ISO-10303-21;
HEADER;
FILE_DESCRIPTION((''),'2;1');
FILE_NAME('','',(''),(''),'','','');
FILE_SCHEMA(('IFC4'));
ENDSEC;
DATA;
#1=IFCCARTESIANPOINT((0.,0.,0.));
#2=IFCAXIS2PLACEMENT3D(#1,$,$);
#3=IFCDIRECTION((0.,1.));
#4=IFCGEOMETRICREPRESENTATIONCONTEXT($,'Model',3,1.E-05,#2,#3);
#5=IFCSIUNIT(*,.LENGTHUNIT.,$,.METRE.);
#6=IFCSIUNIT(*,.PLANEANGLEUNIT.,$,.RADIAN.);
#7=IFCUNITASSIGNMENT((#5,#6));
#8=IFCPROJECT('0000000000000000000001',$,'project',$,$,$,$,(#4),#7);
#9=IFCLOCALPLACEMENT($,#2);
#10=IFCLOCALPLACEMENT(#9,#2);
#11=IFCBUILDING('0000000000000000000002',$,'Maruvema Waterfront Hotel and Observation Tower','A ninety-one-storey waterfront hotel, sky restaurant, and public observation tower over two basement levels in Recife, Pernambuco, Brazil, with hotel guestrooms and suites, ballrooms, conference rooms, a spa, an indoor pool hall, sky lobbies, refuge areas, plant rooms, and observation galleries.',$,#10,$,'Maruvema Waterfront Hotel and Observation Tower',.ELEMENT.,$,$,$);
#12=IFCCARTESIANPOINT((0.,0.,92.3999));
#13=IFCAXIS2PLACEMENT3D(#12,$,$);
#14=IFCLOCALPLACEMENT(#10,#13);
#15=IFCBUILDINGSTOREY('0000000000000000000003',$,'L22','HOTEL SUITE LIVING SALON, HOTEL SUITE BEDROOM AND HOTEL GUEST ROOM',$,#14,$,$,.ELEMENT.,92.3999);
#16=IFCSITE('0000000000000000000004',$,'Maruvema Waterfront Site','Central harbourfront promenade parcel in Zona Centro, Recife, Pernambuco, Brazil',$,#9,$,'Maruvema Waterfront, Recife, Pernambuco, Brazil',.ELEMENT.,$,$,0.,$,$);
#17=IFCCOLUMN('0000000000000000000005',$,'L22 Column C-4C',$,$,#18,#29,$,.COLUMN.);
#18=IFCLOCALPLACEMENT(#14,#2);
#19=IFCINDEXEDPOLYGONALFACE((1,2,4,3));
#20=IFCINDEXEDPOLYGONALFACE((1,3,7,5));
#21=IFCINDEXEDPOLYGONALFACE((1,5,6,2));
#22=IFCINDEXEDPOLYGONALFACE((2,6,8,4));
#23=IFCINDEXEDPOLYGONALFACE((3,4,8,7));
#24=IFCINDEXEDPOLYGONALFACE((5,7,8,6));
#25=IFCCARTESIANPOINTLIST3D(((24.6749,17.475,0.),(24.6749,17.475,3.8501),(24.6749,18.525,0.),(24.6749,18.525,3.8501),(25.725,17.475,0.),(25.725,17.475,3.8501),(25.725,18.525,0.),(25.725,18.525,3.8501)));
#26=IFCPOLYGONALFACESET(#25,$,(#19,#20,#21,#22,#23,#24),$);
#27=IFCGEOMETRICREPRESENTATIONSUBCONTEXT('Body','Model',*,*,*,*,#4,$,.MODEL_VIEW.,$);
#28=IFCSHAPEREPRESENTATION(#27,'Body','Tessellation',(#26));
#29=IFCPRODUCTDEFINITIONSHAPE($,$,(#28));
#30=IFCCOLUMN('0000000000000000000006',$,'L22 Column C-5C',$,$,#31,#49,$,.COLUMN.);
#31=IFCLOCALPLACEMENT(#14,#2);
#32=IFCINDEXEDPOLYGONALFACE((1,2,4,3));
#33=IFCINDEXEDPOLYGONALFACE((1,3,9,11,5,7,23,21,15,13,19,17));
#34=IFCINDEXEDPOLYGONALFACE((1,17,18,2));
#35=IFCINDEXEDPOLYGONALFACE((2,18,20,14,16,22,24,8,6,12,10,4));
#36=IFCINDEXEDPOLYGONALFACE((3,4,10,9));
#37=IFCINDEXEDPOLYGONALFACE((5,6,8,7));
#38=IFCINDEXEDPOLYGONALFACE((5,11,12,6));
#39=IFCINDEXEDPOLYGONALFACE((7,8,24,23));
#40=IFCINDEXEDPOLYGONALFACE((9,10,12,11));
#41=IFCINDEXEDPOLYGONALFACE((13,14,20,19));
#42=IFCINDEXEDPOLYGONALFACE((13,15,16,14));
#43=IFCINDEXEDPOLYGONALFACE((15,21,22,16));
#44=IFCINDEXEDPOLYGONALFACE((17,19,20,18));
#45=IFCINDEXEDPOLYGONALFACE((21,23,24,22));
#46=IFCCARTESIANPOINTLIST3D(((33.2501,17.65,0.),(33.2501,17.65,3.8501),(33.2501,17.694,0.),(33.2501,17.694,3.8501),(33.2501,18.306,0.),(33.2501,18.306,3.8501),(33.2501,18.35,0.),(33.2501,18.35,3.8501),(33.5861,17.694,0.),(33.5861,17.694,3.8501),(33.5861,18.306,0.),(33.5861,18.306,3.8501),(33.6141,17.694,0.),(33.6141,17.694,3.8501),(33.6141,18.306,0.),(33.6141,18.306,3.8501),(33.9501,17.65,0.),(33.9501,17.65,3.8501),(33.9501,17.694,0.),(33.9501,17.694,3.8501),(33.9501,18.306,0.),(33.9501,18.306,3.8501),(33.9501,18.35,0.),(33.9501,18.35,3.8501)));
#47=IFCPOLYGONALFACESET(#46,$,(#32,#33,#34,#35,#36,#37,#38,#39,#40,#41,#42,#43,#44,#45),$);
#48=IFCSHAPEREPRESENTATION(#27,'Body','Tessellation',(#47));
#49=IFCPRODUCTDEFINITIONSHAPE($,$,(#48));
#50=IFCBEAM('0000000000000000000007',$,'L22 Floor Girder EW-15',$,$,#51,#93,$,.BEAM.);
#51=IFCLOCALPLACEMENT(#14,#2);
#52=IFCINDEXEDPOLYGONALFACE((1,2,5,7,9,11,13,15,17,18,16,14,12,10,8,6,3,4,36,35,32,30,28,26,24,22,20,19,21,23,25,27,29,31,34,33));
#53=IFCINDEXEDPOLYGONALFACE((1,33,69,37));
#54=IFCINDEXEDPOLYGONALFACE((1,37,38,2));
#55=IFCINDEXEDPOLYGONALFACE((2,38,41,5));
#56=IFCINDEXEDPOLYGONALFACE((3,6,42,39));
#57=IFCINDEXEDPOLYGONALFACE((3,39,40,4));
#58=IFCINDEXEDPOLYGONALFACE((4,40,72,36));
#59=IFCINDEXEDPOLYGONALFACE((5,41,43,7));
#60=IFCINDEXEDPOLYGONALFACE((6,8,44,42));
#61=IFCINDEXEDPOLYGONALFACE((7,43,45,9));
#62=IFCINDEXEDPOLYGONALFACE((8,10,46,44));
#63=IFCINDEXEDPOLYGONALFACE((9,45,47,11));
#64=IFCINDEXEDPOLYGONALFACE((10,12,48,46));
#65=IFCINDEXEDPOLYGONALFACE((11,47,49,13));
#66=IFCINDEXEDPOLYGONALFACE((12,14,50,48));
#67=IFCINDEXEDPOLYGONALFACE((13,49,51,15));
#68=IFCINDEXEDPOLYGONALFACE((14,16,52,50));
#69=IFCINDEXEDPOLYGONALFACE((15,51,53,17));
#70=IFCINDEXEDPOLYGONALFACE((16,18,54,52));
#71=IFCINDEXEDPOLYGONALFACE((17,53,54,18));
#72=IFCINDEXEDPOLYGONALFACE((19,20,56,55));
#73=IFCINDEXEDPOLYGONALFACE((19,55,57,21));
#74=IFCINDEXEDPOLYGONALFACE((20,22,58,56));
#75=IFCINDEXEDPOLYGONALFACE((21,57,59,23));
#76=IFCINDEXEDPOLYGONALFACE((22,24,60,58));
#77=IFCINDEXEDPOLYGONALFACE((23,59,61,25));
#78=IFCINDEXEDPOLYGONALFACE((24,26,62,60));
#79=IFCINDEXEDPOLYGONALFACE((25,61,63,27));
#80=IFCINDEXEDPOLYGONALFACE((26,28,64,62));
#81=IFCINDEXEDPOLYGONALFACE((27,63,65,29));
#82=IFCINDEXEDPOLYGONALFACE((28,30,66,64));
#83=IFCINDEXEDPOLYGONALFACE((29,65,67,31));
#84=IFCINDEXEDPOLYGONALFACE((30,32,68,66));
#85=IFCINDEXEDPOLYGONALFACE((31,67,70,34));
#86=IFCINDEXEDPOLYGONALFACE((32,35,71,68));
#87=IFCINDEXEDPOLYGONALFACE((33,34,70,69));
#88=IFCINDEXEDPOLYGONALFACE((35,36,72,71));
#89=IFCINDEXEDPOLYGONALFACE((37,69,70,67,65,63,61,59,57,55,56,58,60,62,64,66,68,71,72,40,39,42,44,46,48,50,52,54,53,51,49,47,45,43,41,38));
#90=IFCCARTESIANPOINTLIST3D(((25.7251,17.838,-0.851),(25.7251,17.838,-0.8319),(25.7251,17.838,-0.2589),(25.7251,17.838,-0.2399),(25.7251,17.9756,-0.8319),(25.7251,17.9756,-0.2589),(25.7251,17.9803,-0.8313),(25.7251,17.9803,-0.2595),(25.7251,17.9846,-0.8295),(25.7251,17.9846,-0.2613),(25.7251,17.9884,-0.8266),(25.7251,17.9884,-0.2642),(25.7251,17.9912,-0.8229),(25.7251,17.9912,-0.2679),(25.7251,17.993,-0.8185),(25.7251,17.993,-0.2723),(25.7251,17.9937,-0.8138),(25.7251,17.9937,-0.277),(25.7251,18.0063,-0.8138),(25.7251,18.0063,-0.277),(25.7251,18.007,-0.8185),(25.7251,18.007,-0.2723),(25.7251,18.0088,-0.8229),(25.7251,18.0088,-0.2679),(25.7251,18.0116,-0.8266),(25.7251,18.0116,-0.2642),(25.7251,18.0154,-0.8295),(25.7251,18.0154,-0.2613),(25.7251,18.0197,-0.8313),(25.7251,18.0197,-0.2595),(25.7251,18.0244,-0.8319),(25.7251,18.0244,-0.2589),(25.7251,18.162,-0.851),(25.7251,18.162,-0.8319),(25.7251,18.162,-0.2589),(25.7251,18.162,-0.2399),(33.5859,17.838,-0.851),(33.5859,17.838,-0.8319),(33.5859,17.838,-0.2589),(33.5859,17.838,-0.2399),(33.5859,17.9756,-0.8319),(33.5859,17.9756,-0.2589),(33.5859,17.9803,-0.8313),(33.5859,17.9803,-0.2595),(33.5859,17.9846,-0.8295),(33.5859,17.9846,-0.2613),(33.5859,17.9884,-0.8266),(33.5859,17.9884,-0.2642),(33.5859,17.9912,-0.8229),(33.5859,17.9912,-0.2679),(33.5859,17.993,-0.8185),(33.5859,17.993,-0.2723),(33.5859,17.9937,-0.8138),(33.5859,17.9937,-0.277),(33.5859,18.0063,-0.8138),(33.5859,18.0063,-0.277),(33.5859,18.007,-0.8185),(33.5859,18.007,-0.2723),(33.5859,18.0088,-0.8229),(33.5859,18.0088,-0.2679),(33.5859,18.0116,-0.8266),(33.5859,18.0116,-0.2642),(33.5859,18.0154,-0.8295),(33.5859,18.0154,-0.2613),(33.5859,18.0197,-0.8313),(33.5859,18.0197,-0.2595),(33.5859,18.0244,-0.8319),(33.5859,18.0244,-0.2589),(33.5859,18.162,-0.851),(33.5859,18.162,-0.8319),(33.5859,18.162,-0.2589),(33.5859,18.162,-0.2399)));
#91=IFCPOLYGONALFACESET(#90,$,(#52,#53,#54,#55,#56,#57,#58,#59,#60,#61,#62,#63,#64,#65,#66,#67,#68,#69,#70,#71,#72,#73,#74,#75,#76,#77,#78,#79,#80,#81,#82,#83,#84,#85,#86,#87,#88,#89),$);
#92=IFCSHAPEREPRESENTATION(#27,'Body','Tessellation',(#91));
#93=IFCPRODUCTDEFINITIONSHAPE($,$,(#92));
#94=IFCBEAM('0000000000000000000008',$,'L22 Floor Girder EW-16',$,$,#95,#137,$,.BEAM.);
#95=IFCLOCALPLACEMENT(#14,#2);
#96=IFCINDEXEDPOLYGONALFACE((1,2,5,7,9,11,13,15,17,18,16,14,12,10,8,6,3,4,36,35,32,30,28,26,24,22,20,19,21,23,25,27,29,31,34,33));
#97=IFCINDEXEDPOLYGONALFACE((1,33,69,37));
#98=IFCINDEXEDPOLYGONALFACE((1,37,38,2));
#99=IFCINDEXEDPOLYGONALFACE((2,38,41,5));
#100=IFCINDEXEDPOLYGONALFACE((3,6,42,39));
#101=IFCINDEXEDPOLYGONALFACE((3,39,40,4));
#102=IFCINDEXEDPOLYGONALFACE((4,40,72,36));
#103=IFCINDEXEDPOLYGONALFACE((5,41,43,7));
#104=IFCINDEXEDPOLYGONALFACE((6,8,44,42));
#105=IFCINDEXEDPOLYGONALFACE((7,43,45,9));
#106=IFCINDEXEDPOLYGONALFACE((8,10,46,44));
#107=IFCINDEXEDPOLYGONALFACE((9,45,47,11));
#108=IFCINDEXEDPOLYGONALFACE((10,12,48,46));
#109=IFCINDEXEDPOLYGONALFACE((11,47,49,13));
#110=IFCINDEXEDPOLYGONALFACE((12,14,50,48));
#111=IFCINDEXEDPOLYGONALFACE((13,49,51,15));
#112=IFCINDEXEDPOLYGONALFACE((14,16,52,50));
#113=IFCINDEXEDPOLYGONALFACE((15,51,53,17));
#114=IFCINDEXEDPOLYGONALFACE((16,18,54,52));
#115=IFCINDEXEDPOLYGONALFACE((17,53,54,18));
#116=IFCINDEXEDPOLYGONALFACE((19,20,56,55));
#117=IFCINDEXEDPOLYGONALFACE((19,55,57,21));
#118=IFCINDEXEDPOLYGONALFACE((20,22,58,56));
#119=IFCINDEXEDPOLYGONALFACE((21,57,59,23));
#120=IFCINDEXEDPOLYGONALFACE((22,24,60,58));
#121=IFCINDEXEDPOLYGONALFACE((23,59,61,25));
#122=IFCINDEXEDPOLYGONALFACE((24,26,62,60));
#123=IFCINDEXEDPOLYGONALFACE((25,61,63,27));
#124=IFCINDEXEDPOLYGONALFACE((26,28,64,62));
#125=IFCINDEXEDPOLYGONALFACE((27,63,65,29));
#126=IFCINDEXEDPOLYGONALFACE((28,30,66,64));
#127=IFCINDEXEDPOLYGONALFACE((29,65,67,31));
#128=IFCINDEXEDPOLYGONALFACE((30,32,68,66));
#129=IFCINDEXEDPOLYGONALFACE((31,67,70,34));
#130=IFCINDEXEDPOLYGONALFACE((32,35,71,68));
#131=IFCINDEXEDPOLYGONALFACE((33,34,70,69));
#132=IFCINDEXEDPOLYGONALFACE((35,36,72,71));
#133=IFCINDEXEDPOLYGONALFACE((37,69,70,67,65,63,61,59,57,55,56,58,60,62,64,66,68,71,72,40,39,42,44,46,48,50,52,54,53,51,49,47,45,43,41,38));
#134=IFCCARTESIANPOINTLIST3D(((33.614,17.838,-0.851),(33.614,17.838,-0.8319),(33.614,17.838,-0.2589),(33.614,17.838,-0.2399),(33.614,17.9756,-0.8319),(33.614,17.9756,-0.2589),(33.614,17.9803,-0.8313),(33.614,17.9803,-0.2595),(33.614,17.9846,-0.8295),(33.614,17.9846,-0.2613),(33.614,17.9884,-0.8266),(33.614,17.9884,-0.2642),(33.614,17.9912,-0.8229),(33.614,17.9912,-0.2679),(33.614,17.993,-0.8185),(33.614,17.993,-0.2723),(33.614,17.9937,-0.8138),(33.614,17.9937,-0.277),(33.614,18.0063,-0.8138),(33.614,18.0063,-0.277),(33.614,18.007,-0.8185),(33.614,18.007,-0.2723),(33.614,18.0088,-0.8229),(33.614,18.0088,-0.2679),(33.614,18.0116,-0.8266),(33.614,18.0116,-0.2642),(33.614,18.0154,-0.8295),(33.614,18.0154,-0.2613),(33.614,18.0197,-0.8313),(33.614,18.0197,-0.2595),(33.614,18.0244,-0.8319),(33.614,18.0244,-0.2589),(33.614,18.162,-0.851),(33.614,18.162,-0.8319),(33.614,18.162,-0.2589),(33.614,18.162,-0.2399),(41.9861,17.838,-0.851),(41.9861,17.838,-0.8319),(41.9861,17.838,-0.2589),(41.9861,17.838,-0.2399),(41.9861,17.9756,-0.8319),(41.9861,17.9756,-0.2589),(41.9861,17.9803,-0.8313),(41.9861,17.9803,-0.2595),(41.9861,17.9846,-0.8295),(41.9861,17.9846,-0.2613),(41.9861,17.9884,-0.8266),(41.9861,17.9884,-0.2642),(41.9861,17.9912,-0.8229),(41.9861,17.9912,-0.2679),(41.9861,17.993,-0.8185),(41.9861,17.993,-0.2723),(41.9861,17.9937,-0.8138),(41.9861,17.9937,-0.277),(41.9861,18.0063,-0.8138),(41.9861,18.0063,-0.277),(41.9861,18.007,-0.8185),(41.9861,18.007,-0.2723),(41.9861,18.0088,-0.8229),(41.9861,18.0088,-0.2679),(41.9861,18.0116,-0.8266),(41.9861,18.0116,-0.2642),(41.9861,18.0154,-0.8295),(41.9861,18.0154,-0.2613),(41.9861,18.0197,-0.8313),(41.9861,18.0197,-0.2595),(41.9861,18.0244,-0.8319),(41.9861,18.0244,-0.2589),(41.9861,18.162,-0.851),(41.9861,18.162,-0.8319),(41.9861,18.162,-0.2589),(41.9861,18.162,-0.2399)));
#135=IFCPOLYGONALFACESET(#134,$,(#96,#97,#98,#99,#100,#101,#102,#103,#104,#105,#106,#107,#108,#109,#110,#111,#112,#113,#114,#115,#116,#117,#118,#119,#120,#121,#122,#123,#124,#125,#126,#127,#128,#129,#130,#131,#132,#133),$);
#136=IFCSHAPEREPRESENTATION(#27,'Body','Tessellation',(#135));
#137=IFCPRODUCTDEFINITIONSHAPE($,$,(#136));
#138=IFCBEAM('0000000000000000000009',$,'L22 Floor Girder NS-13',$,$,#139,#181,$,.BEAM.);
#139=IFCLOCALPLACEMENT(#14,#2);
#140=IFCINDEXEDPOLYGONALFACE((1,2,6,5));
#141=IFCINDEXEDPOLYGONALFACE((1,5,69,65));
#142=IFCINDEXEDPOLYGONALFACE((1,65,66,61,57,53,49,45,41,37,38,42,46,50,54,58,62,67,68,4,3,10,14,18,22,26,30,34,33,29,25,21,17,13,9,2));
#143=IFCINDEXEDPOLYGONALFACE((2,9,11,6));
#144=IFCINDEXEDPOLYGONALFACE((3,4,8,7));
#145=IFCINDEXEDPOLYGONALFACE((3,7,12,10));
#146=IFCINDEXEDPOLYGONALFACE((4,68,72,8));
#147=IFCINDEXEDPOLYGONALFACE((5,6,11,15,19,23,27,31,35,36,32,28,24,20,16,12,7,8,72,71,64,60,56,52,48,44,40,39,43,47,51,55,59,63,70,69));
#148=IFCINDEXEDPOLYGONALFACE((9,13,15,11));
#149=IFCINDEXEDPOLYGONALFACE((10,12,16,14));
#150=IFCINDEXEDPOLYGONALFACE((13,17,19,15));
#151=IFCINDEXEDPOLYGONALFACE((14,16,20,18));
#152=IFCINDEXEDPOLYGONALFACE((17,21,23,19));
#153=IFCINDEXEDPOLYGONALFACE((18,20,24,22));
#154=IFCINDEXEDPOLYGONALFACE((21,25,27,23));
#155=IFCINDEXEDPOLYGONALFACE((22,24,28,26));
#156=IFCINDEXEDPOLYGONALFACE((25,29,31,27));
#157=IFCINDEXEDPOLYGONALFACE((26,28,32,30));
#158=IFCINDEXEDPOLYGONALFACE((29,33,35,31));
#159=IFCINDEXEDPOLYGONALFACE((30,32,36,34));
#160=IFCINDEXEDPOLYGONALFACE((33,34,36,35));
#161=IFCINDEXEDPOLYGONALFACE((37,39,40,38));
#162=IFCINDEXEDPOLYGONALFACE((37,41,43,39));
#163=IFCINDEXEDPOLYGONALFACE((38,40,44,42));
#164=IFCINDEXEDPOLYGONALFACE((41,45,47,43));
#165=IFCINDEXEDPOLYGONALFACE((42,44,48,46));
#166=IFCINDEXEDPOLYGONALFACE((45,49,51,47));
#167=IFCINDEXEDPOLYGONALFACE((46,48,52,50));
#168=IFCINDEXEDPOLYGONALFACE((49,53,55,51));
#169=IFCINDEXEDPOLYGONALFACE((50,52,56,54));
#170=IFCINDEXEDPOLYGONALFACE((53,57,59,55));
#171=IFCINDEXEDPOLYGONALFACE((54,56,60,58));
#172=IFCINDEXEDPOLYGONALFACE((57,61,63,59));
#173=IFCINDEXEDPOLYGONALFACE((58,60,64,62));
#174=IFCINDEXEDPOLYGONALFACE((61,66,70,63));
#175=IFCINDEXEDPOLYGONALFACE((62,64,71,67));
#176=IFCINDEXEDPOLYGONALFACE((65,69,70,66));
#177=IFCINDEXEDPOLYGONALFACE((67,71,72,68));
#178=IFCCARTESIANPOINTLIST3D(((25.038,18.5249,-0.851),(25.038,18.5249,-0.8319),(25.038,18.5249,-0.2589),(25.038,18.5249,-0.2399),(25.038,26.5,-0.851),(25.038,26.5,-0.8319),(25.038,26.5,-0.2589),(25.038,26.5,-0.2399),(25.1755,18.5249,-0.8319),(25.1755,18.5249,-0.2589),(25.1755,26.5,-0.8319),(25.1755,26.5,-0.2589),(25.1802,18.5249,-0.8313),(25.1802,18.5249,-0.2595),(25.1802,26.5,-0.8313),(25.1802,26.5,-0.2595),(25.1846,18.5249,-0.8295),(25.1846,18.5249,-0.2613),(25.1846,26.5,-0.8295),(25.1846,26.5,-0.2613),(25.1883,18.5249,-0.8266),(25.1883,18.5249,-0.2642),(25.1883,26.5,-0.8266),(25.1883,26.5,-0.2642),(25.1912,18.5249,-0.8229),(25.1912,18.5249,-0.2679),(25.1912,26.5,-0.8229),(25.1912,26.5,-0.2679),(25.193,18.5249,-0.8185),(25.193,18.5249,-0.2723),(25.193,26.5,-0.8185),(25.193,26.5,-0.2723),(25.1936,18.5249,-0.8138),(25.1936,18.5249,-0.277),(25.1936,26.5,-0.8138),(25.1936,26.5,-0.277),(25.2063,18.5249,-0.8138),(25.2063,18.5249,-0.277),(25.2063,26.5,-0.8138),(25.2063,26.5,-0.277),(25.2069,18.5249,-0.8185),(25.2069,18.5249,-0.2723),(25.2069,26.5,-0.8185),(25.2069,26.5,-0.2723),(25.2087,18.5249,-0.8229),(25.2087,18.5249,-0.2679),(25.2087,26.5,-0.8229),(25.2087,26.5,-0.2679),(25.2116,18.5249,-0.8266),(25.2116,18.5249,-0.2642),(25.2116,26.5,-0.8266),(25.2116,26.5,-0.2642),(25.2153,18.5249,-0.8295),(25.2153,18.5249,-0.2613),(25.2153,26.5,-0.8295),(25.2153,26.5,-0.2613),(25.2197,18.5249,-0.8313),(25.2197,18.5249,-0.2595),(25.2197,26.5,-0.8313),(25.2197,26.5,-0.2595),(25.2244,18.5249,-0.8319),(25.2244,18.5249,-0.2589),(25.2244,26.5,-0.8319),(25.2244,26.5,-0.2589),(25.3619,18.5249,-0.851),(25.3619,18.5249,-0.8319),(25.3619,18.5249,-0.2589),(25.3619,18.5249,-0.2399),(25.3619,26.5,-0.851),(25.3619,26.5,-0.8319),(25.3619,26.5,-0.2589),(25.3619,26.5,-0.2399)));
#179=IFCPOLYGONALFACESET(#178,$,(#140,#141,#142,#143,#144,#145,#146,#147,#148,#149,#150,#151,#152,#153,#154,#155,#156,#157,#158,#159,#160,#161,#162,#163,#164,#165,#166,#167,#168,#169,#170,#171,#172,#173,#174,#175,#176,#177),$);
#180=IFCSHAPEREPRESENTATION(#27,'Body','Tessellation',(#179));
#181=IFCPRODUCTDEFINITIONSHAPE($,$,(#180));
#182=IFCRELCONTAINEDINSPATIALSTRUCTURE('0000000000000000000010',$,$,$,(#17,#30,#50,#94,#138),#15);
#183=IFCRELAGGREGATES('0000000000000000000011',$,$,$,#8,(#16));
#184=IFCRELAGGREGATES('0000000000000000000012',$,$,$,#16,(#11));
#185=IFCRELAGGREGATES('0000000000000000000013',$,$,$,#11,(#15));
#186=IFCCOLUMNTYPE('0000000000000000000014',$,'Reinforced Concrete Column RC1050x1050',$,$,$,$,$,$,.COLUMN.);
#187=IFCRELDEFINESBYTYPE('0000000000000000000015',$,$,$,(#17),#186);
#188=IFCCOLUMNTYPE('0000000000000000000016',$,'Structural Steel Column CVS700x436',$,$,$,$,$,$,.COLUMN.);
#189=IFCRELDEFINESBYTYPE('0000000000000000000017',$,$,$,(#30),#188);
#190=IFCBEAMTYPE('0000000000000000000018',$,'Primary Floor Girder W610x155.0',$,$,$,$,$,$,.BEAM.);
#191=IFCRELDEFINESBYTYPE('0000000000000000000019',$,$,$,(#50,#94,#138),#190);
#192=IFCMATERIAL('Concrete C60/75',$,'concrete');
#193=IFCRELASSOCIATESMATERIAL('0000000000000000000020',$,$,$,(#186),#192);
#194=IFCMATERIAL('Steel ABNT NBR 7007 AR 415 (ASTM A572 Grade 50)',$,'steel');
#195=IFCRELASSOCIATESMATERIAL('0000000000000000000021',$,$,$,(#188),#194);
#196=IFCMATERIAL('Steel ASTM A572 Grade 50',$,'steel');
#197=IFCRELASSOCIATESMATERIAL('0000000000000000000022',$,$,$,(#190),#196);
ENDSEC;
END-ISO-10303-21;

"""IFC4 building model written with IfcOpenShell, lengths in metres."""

from ifc_helpers import new_model, si_unit, direction, frame, origin, origin_2d, place, context, subcontext, project, spatial, rectangle, i_section, extrude, material, material_profile, profile_set, type_object, element, save


model = new_model("IFC4")

# Units and contexts
model_context = context("Model", 3, precision=1e-05, world=origin(), true_north=direction((0.0, 1.0)))
body_context = subcontext(model_context, "Body", "Model", "MODEL_VIEW")
ifc_project = project(units=[si_unit("LENGTHUNIT", "METRE"), si_unit("PLANEANGLEUNIT", "RADIAN")], contexts=[model_context])

# Site, building, storey
site_placement = place(None, origin())
site = spatial("IfcSite", under=ifc_project, at=site_placement, Name="Maruvema Waterfront Site", Description="Central harbourfront promenade parcel in Zona Centro, Recife, Pernambuco, Brazil", LongName="Maruvema Waterfront, Recife, Pernambuco, Brazil", CompositionType="ELEMENT", RefElevation=0.0)
building_placement = place(site_placement, origin())
building = spatial("IfcBuilding", under=site, at=building_placement, Name="Maruvema Waterfront Hotel and Observation Tower", Description="A ninety-one-storey waterfront hotel, sky restaurant, and public observation tower over two basement levels in Recife, Pernambuco, Brazil, with hotel guestrooms and suites, ballrooms, conference rooms, a spa, an indoor pool hall, sky lobbies, refuge areas, plant rooms, and observation galleries.", LongName="Maruvema Waterfront Hotel and Observation Tower", CompositionType="ELEMENT")
storey_placement = place(building_placement, frame((0.0, 0.0, 92.3999)))
storey = spatial("IfcBuildingStorey", under=building, at=storey_placement, Name="L22", Description="HOTEL SUITE LIVING SALON, HOTEL SUITE BEDROOM AND HOTEL GUEST ROOM", CompositionType="ELEMENT", Elevation=92.3999)

# Columns
ifc_material_1 = material(Name="Concrete C60/75", Category="concrete")
ifc_material_profile_1 = material_profile(ifc_material_1, rectangle(XDim=1.05, YDim=1.05, at=origin_2d()), Name="RC1050x1050")
ifc_profile_set_1 = profile_set([ifc_material_profile_1], Name="Concrete C60/75")
column_type_1 = type_object("IfcColumnType", Name="Reinforced Concrete Column RC1050x1050", PredefinedType="COLUMN", material=ifc_profile_set_1)
column_1_placement = place(storey_placement, frame((25.2, 18.0, 0.0), z_axis=(0.0, 0.0, 1.0), x_axis=(1.0, 0.0, 0.0)))
element("IfcColumn", 1, at=column_1_placement, inside=storey, type_object=column_type_1, Name="L22 Column C-4C", PredefinedType="COLUMN", context=body_context, shape_type="SweptSolid", body=[
    extrude(rectangle(XDim=1.05, YDim=1.05, at=origin_2d()), origin(), (0.0, 0.0, 1.0), 3.8501),
])
ifc_material_2 = material(Name="Steel ABNT NBR 7007 AR 415 (ASTM A572 Grade 50)", Category="steel")
ifc_material_profile_2 = material_profile(ifc_material_2, i_section(OverallWidth=0.7, OverallDepth=0.7, WebThickness=0.0281, FlangeThickness=0.0439, at=origin_2d()), Name="CVS700x436")
ifc_profile_set_2 = profile_set([ifc_material_profile_2], Name="Steel ABNT NBR 7007 AR 415 (ASTM A572 Grade 50)")
column_type_2 = type_object("IfcColumnType", Name="Structural Steel Column CVS700x436", PredefinedType="COLUMN", material=ifc_profile_set_2)
column_2_placement = place(storey_placement, frame((33.6001, 18.0, 0.0), z_axis=(0.0, 0.0, 1.0), x_axis=(1.0, 0.0, 0.0)))
element("IfcColumn", 2, at=column_2_placement, inside=storey, type_object=column_type_2, Name="L22 Column C-5C", PredefinedType="COLUMN", context=body_context, shape_type="SweptSolid", body=[
    extrude(i_section(OverallWidth=0.7, OverallDepth=0.7, WebThickness=0.0281, FlangeThickness=0.0439, at=origin_2d()), origin(), (0.0, 0.0, 1.0), 3.8501),
])

# Beams
ifc_material_3 = material(Name="Steel ASTM A572 Grade 50", Category="steel")
ifc_material_profile_3 = material_profile(ifc_material_3, i_section(OverallWidth=0.324, OverallDepth=0.6111, WebThickness=0.0127, FlangeThickness=0.019, FilletRadius=0.0181, at=origin_2d()), Name="W610x155.0")
ifc_profile_set_3 = profile_set([ifc_material_profile_3], Name="Steel ASTM A572 Grade 50")
beam_type_1 = type_object("IfcBeamType", Name="Primary Floor Girder W610x155.0", PredefinedType="BEAM", material=ifc_profile_set_3)
beam_1_placement = place(storey_placement, frame((25.7251, 18.0, -0.5454), z_axis=(1.0, 0.0, 0.0), x_axis=(0.0, 1.0, 0.0)))
element("IfcBeam", 3, at=beam_1_placement, inside=storey, type_object=beam_type_1, Name="L22 Floor Girder EW-15", PredefinedType="BEAM", context=body_context, shape_type="SweptSolid", body=[
    extrude(i_section(OverallWidth=0.324, OverallDepth=0.6111, WebThickness=0.0127, FlangeThickness=0.019, FilletRadius=0.0181, at=origin_2d()), origin(), (0.0, 0.0, 1.0), 7.8608),
])
beam_2_placement = place(storey_placement, frame((33.614, 18.0, -0.5454), z_axis=(1.0, 0.0, 0.0), x_axis=(0.0, 1.0, 0.0)))
element("IfcBeam", 4, at=beam_2_placement, inside=storey, type_object=beam_type_1, Name="L22 Floor Girder EW-16", PredefinedType="BEAM", context=body_context, shape_type="SweptSolid", body=[
    extrude(i_section(OverallWidth=0.324, OverallDepth=0.6111, WebThickness=0.0127, FlangeThickness=0.019, FilletRadius=0.0181, at=origin_2d()), origin(), (0.0, 0.0, 1.0), 8.3721),
])
beam_3_placement = place(storey_placement, frame((25.2, 18.5249, -0.5454), z_axis=(0.0, 1.0, 0.0), x_axis=(-1.0, 0.0, 0.0)))
element("IfcBeam", 5, at=beam_3_placement, inside=storey, type_object=beam_type_1, Name="L22 Floor Girder NS-13", PredefinedType="BEAM", context=body_context, shape_type="SweptSolid", body=[
    extrude(i_section(OverallWidth=0.324, OverallDepth=0.6111, WebThickness=0.0127, FlangeThickness=0.019, FilletRadius=0.0181, at=origin_2d()), origin(), (0.0, 0.0, 1.0), 7.9751),
])

save(model, "model.ifc")
